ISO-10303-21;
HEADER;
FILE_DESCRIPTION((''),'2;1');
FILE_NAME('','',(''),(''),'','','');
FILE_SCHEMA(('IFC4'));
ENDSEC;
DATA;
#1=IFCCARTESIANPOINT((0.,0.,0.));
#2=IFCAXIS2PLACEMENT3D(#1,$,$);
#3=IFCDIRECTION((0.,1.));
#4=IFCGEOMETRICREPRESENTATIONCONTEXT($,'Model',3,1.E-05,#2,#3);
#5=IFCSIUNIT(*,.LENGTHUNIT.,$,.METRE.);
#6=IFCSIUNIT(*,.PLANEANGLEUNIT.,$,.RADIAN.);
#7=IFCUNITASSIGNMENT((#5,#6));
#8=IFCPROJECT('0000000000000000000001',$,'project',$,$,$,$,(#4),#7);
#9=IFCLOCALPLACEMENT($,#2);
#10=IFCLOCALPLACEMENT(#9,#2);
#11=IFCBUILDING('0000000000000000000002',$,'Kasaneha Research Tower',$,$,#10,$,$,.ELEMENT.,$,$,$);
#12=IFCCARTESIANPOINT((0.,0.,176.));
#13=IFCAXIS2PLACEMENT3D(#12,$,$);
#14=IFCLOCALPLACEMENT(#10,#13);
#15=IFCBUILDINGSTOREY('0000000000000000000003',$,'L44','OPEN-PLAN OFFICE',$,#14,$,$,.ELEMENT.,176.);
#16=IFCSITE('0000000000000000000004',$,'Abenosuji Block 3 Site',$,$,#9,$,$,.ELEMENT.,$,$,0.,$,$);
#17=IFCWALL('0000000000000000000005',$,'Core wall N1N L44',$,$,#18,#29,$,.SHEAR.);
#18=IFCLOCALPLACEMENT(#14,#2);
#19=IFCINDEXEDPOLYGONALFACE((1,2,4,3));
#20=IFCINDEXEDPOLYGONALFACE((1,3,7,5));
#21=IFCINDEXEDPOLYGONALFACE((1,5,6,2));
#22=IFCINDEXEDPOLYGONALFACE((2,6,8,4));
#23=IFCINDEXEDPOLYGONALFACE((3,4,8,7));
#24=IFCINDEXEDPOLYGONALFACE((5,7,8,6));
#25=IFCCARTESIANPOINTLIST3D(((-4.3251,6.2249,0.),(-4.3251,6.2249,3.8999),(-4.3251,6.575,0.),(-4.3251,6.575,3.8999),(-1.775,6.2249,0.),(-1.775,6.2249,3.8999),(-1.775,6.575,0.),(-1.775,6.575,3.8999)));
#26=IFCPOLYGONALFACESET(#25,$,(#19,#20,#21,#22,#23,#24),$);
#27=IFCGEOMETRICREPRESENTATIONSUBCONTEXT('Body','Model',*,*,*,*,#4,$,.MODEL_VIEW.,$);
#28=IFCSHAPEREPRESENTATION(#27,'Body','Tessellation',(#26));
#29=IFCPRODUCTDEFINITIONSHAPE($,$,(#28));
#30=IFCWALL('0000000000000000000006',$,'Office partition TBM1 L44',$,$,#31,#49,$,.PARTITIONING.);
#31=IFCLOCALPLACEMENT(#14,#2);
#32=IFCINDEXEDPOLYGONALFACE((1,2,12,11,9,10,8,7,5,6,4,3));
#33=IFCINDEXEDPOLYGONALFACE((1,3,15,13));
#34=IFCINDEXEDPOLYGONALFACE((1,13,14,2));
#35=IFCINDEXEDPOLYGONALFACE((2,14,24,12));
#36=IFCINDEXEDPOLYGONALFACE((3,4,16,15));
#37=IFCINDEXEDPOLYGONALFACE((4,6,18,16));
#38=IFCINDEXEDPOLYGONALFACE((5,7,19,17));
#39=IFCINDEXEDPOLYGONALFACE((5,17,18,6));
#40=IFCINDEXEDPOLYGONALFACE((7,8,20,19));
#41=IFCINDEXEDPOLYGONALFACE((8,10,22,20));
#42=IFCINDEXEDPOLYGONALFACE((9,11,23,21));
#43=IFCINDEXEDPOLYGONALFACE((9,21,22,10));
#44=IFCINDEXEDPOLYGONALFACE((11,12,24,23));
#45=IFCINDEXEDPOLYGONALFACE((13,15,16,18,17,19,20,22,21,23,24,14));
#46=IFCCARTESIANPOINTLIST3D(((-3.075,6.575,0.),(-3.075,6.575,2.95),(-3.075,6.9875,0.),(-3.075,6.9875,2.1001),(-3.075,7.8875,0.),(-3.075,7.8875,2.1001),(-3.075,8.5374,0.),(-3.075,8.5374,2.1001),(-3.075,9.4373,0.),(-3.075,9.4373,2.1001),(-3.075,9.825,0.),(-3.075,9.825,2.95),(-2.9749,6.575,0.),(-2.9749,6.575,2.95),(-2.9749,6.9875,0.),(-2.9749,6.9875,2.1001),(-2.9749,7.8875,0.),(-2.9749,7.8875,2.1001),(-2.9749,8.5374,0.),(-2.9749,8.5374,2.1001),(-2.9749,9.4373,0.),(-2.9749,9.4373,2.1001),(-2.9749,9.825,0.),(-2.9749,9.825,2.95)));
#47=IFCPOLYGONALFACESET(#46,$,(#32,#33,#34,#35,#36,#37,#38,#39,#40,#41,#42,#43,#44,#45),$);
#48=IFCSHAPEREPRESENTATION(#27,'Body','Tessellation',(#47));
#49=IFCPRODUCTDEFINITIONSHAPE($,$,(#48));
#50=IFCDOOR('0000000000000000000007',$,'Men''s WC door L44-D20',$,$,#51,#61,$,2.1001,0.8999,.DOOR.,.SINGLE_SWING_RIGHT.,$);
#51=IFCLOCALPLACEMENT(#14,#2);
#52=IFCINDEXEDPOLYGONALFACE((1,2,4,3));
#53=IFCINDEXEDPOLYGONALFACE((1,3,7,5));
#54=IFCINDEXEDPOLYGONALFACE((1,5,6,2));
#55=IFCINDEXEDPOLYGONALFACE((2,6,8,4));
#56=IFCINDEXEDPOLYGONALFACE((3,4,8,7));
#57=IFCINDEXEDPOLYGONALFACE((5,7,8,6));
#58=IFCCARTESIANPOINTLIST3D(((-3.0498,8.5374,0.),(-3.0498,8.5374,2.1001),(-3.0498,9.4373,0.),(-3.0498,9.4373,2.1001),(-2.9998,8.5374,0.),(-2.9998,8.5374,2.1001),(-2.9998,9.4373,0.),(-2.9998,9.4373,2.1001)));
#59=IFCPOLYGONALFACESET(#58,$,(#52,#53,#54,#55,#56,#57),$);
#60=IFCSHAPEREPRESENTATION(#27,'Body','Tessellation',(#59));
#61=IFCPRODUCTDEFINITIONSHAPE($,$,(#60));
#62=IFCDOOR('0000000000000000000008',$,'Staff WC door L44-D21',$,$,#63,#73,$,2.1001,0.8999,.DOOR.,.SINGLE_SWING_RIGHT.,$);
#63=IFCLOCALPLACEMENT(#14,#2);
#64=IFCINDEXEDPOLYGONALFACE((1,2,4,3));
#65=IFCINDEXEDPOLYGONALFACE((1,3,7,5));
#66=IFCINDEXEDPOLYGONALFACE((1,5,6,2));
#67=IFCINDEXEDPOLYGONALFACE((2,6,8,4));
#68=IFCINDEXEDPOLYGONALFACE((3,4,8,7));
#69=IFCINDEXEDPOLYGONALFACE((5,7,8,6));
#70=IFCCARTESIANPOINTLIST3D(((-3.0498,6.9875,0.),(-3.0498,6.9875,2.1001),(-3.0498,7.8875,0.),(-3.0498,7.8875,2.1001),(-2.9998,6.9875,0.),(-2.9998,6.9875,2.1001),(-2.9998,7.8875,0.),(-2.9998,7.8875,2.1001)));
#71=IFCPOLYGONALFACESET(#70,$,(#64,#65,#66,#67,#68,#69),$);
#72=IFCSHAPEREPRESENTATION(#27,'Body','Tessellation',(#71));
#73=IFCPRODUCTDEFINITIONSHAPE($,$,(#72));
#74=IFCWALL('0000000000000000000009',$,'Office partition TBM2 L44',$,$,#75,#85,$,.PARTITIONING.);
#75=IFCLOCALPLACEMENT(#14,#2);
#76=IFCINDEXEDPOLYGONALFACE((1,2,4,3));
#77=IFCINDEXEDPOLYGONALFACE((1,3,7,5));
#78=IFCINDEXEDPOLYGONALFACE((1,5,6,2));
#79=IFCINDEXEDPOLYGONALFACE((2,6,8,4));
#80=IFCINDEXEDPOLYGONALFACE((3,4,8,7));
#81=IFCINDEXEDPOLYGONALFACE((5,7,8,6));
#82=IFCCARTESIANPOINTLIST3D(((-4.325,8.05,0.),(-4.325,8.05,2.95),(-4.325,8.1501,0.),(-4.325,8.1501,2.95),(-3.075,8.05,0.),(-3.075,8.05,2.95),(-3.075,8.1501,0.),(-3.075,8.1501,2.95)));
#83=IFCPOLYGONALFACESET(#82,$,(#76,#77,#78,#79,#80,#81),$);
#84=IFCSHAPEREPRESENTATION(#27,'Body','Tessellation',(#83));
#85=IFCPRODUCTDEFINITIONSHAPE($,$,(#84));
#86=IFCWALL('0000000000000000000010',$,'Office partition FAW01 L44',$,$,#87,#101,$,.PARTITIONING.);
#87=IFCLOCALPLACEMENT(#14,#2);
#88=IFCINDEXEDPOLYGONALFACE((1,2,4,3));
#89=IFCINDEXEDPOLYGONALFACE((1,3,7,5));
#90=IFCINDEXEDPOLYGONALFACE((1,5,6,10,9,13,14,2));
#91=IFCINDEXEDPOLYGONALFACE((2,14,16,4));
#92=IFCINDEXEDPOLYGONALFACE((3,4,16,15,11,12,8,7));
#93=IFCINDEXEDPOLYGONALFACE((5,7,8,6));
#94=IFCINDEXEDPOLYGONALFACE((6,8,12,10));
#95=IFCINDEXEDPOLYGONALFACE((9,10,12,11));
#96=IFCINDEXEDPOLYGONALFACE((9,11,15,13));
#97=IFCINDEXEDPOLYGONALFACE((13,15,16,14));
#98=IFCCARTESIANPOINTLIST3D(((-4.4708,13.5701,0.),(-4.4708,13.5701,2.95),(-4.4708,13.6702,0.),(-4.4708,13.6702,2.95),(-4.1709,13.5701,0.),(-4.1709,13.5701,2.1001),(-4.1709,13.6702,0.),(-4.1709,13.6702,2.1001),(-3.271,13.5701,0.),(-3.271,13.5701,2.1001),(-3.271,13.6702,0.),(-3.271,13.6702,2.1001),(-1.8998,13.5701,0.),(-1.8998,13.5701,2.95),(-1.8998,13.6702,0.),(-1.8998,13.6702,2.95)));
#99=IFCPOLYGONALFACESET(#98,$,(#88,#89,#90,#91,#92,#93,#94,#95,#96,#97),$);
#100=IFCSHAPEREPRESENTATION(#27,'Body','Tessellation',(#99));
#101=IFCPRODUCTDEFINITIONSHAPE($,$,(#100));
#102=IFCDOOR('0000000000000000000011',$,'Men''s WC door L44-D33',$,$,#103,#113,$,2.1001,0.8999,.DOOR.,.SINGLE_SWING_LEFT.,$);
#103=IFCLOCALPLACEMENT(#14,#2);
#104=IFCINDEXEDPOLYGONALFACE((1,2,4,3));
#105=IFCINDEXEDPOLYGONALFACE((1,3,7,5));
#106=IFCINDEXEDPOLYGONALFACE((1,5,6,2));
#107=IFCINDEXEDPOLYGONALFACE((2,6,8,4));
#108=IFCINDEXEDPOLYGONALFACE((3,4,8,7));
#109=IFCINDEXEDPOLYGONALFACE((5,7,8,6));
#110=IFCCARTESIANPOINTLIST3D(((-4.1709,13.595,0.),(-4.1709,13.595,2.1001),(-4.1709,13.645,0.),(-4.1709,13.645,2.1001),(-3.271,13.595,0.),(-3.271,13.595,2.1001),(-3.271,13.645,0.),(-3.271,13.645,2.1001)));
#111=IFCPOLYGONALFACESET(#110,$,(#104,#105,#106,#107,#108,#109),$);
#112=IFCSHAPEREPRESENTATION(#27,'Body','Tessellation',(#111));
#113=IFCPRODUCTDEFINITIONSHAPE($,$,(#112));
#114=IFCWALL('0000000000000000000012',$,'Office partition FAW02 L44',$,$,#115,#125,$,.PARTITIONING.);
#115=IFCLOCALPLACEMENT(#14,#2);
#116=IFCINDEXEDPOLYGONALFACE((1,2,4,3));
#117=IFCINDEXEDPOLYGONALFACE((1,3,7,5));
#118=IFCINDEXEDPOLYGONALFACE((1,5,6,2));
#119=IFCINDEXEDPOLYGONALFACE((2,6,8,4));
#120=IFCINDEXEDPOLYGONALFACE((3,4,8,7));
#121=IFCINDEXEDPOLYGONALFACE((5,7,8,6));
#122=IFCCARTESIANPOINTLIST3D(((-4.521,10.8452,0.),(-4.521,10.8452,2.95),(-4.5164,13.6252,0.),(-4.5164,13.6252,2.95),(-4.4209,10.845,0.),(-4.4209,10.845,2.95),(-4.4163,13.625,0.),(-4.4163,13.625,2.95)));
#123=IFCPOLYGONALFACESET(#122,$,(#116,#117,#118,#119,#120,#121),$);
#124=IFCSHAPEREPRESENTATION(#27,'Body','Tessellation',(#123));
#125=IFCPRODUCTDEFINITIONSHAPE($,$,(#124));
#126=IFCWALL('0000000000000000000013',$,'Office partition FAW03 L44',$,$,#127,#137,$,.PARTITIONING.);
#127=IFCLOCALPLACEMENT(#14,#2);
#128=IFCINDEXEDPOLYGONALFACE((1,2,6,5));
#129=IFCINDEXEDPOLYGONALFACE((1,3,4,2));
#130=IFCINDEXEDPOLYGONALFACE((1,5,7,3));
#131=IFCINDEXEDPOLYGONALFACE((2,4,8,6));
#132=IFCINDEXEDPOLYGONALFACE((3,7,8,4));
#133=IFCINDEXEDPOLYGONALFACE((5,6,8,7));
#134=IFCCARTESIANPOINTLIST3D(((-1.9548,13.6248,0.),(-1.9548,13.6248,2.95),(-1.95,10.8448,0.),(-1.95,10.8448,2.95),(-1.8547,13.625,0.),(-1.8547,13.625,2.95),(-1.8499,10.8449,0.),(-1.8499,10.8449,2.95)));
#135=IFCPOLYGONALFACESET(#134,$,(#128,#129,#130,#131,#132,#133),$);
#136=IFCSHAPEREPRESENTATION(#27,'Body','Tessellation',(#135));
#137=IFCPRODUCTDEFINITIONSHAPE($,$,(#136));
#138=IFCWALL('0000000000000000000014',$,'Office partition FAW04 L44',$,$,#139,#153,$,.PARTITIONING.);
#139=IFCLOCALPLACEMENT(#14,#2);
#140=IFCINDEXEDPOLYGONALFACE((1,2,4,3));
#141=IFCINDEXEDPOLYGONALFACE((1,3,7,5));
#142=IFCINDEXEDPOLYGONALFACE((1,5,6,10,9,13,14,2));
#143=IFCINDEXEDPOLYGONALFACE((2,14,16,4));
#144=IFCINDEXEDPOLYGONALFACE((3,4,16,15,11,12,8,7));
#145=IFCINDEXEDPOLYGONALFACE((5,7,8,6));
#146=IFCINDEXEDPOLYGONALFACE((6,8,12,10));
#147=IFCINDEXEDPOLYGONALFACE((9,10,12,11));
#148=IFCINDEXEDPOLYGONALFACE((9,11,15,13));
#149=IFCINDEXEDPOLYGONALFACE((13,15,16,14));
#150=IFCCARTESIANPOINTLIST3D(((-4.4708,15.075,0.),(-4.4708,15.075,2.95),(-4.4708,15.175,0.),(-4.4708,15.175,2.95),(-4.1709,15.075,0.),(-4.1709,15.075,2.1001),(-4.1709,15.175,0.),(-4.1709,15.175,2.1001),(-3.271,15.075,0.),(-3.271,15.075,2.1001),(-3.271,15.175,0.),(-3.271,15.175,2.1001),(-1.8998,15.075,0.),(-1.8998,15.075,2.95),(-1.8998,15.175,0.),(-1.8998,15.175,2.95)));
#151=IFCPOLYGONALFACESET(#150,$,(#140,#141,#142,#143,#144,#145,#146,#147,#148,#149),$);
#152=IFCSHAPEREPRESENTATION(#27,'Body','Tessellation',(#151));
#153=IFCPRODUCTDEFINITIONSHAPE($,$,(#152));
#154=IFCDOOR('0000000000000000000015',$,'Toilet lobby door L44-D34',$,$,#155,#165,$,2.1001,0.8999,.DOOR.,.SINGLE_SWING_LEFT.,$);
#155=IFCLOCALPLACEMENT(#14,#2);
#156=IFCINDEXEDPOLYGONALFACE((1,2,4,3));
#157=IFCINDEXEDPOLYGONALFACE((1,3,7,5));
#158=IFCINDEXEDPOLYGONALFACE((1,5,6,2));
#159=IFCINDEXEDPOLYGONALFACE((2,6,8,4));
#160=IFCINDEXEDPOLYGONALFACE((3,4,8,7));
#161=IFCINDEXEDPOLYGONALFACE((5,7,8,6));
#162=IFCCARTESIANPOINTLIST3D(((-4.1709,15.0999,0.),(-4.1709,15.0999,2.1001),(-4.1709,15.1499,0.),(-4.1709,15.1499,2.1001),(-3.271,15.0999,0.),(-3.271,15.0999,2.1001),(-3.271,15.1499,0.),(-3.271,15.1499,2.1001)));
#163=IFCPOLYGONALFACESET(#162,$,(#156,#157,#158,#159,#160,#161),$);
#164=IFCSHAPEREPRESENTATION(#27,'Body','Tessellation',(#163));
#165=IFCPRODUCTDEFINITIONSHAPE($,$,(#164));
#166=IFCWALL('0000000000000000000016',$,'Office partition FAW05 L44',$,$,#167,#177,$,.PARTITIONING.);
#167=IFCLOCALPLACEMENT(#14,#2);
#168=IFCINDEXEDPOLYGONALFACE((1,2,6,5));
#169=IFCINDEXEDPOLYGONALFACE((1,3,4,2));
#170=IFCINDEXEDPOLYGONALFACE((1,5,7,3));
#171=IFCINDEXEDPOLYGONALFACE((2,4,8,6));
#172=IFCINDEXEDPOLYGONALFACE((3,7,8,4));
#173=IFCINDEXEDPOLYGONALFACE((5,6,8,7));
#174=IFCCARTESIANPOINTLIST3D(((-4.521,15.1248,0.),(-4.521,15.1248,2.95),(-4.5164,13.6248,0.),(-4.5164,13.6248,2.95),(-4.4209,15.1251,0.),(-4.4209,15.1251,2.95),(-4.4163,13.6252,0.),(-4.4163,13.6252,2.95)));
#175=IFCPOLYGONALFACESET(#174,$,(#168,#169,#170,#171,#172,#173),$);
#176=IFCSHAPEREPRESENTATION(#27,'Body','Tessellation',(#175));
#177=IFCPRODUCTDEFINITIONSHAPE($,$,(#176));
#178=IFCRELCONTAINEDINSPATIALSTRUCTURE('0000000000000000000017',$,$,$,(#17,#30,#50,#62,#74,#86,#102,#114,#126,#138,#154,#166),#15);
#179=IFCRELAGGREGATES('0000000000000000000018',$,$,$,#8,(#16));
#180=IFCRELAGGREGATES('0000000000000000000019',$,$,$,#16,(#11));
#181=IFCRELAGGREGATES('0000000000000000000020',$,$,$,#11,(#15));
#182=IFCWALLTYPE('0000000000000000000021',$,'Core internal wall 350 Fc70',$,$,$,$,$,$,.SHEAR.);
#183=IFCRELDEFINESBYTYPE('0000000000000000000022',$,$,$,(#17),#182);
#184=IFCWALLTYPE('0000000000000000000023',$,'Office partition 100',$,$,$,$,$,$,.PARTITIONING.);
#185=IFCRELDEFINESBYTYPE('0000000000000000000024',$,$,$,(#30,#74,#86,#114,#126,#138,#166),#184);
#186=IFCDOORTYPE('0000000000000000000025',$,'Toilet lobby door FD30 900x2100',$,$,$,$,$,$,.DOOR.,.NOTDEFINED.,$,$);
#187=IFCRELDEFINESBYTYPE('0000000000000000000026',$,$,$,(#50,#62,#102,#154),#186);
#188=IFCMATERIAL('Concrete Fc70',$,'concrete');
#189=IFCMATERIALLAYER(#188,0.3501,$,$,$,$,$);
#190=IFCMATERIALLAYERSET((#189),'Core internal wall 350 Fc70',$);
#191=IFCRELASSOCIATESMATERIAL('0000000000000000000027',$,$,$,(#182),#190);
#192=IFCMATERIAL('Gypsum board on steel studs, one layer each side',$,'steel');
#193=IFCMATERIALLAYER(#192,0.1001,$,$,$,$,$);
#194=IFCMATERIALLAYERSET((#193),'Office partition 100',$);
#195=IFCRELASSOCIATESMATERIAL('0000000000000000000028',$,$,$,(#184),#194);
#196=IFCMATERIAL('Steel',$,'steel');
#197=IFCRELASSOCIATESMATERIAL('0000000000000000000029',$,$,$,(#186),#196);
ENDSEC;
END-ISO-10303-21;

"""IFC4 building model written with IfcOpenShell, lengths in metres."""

from ifc_helpers import new_model, si_unit, direction, frame, frame_2d, origin, place, context, subcontext, project, spatial, rectangle, extrude, material, layer, layer_set, type_object, element, fill, save


model = new_model("IFC4")

# Units and contexts
model_context = context("Model", 3, precision=1e-05, world=origin(), true_north=direction((0.0, 1.0)))
body_context = subcontext(model_context, "Body", "Model", "MODEL_VIEW")
ifc_project = project(units=[si_unit("LENGTHUNIT", "METRE"), si_unit("PLANEANGLEUNIT", "RADIAN")], contexts=[model_context])

# Site, building, storey
site_placement = place(None, origin())
site = spatial("IfcSite", under=ifc_project, at=site_placement, Name="Abenosuji Block 3 Site", CompositionType="ELEMENT", RefElevation=0.0)
building_placement = place(site_placement, origin())
building = spatial("IfcBuilding", under=site, at=building_placement, Name="Kasaneha Research Tower", CompositionType="ELEMENT")
storey_placement = place(building_placement, frame((0.0, 0.0, 176.0)))
storey = spatial("IfcBuildingStorey", under=building, at=storey_placement, Name="L44", Description="OPEN-PLAN OFFICE", CompositionType="ELEMENT", Elevation=176.0)

# Wall
ifc_material_1 = material(Name="Concrete Fc70", Category="concrete")
ifc_layer_1 = layer(ifc_material_1, 0.3501)
ifc_layer_set_1 = layer_set([ifc_layer_1], Name="Core internal wall 350 Fc70")
wall_type_1 = type_object("IfcWallType", Name="Core internal wall 350 Fc70", PredefinedType="SHEAR", material=ifc_layer_set_1)
wall_1_placement = place(storey_placement, frame((-4.325, 6.3999, 0.0), z_axis=(0.0, 0.0, 1.0), x_axis=(1.0, 0.0, 0.0)))
element("IfcWall", 1, at=wall_1_placement, inside=storey, type_object=wall_type_1, Name="Core wall N1N L44", PredefinedType="SHEAR", context=body_context, shape_type="SweptSolid", body=[
    extrude(rectangle(XDim=2.55, YDim=0.3501, at=frame_2d((1.2749, 0.0))), origin(), (0.0, 0.0, 1.0), 3.8999),
])

# Wall, openings, doors
ifc_material_2 = material(Name="Gypsum board on steel studs, one layer each side", Category="steel")
ifc_layer_2 = layer(ifc_material_2, 0.1001)
ifc_layer_set_2 = layer_set([ifc_layer_2], Name="Office partition 100")
wall_type_2 = type_object("IfcWallType", Name="Office partition 100", PredefinedType="PARTITIONING", material=ifc_layer_set_2)
wall_2_placement = place(storey_placement, frame((-3.0249, 6.575, 0.0), z_axis=(0.0, 0.0, 1.0), x_axis=(0.0, 1.0, 0.0)))
wall_2 = element("IfcWall", 2, at=wall_2_placement, inside=storey, type_object=wall_type_2, Name="Office partition TBM1 L44", PredefinedType="PARTITIONING", context=body_context, shape_type="SweptSolid", body=[
    extrude(rectangle(XDim=3.25, YDim=0.1001, at=frame_2d((1.625, 0.0))), origin(), (0.0, 0.0, 1.0), 2.95),
])
opening_1_placement = place(wall_2_placement, frame((1.9624, 0.0, 0.0)))
opening_1 = element("IfcOpeningElement", 3, at=opening_1_placement, cuts=wall_2, PredefinedType="OPENING", context=body_context, shape_type="SweptSolid", body=[
    extrude(rectangle(XDim=0.8999, YDim=2.1001, at=frame_2d((0.45, 1.05))), frame((0.0, 0.0601, 0.0), z_axis=(0.0, -1.0, 0.0), x_axis=(1.0, 0.0, 0.0)), (0.0, 0.0, 1.0), 0.1201),
])
opening_2_placement = place(wall_2_placement, frame((0.4126, 0.0, 0.0)))
opening_2 = element("IfcOpeningElement", 4, at=opening_2_placement, cuts=wall_2, PredefinedType="OPENING", context=body_context, shape_type="SweptSolid", body=[
    extrude(rectangle(XDim=0.8999, YDim=2.1001, at=frame_2d((0.45, 1.05))), frame((0.0, 0.0601, 0.0), z_axis=(0.0, -1.0, 0.0), x_axis=(1.0, 0.0, 0.0)), (0.0, 0.0, 1.0), 0.1201),
])
ifc_material_3 = material(Name="Steel", Category="steel")
door_type_1 = type_object("IfcDoorType", Name="Toilet lobby door FD30 900x2100", OperationType="NOTDEFINED", PredefinedType="DOOR", material=ifc_material_3)
door_1_placement = place(opening_1_placement, origin())
door_1 = element("IfcDoor", 5, at=door_1_placement, inside=storey, type_object=door_type_1, Name="Men's WC door L44-D20", OperationType="SINGLE_SWING_RIGHT", OverallHeight=2.1001, OverallWidth=0.8999, PredefinedType="DOOR", context=body_context, shape_type="SweptSolid", body=[
    extrude(rectangle(XDim=0.8999, YDim=2.1001, at=frame_2d((0.45, 1.05))), frame((0.0, 0.0249, 0.0), z_axis=(0.0, -1.0, 0.0), x_axis=(1.0, 0.0, 0.0)), (0.0, 0.0, 1.0), 0.05),
])
fill(opening_1, door_1)
door_2_placement = place(opening_2_placement, origin())
door_2 = element("IfcDoor", 6, at=door_2_placement, inside=storey, type_object=door_type_1, Name="Staff WC door L44-D21", OperationType="SINGLE_SWING_RIGHT", OverallHeight=2.1001, OverallWidth=0.8999, PredefinedType="DOOR", context=body_context, shape_type="SweptSolid", body=[
    extrude(rectangle(XDim=0.8999, YDim=2.1001, at=frame_2d((0.45, 1.05))), frame((0.0, 0.0249, 0.0), z_axis=(0.0, -1.0, 0.0), x_axis=(1.0, 0.0, 0.0)), (0.0, 0.0, 1.0), 0.05),
])
fill(opening_2, door_2)

# Wall
wall_3_placement = place(storey_placement, frame((-3.075, 8.1001, 0.0), z_axis=(0.0, 0.0, 1.0), x_axis=(-1.0, 0.0, 0.0)))
element("IfcWall", 7, at=wall_3_placement, inside=storey, type_object=wall_type_2, Name="Office partition TBM2 L44", PredefinedType="PARTITIONING", context=body_context, shape_type="SweptSolid", body=[
    extrude(rectangle(XDim=1.25, YDim=0.1001, at=frame_2d((0.625, 0.0))), origin(), (0.0, 0.0, 1.0), 2.95),
])

# Wall, opening, door
wall_4_placement = place(storey_placement, frame((-4.4709, 13.6201, 0.0), z_axis=(0.0, 0.0, 1.0), x_axis=(1.0, 0.0, 0.0)))
wall_4 = element("IfcWall", 8, at=wall_4_placement, inside=storey, type_object=wall_type_2, Name="Office partition FAW01 L44", PredefinedType="PARTITIONING", context=body_context, shape_type="SweptSolid", body=[
    extrude(rectangle(XDim=2.571, YDim=0.1001, at=frame_2d((1.2856, 0.0))), origin(), (0.0, 0.0, 1.0), 2.95),
])
opening_3_placement = place(wall_4_placement, frame((0.3, 0.0, 0.0)))
opening_3 = element("IfcOpeningElement", 9, at=opening_3_placement, cuts=wall_4, PredefinedType="OPENING", context=body_context, shape_type="SweptSolid", body=[
    extrude(rectangle(XDim=0.8999, YDim=2.1001, at=frame_2d((0.45, 1.05))), frame((0.0, 0.0601, 0.0), z_axis=(0.0, -1.0, 0.0), x_axis=(1.0, 0.0, 0.0)), (0.0, 0.0, 1.0), 0.1201),
])
door_3_placement = place(opening_3_placement, origin())
door_3 = element("IfcDoor", 10, at=door_3_placement, inside=storey, type_object=door_type_1, Name="Men's WC door L44-D33", OperationType="SINGLE_SWING_LEFT", OverallHeight=2.1001, OverallWidth=0.8999, PredefinedType="DOOR", context=body_context, shape_type="SweptSolid", body=[
    extrude(rectangle(XDim=0.8999, YDim=2.1001, at=frame_2d((0.45, 1.05))), frame((0.0, 0.0249, 0.0), z_axis=(0.0, -1.0, 0.0), x_axis=(1.0, 0.0, 0.0)), (0.0, 0.0, 1.0), 0.05),
])
fill(opening_3, door_3)

# Walls
for number, where, z_axis, x_axis, name in (
    (11, (-4.4709, 10.845, 0.0), (0.0, 0.0, 1.0), (0.001669, 0.999999, 0.0), "Office partition FAW02 L44"),
    (12, (-1.9048, 13.625, 0.0), (0.0, 0.0, 1.0), (0.001756, -0.999998, 0.0), "Office partition FAW03 L44"),
):
    element("IfcWall", number, at=place(storey_placement, frame(where, z_axis=z_axis, x_axis=x_axis)), inside=storey, type_object=wall_type_2, Name=name, PredefinedType="PARTITIONING", context=body_context, shape_type="SweptSolid", body=[
        extrude(rectangle(XDim=2.78, YDim=0.1001, at=frame_2d((1.3901, 0.0))), origin(), (0.0, 0.0, 1.0), 2.95),
    ])

# Wall, opening, door
wall_5_placement = place(storey_placement, frame((-4.4709, 15.125, 0.0), z_axis=(0.0, 0.0, 1.0), x_axis=(1.0, 0.0, 0.0)))
wall_5 = element("IfcWall", 13, at=wall_5_placement, inside=storey, type_object=wall_type_2, Name="Office partition FAW04 L44", PredefinedType="PARTITIONING", context=body_context, shape_type="SweptSolid", body=[
    extrude(rectangle(XDim=2.571, YDim=0.1001, at=frame_2d((1.2856, 0.0))), origin(), (0.0, 0.0, 1.0), 2.95),
])
opening_4_placement = place(wall_5_placement, frame((0.3, 0.0, 0.0)))
opening_4 = element("IfcOpeningElement", 14, at=opening_4_placement, cuts=wall_5, PredefinedType="OPENING", context=body_context, shape_type="SweptSolid", body=[
    extrude(rectangle(XDim=0.8999, YDim=2.1001, at=frame_2d((0.45, 1.05))), frame((0.0, 0.0601, 0.0), z_axis=(0.0, -1.0, 0.0), x_axis=(1.0, 0.0, 0.0)), (0.0, 0.0, 1.0), 0.1201),
])
door_4_placement = place(opening_4_placement, origin())
door_4 = element("IfcDoor", 15, at=door_4_placement, inside=storey, type_object=door_type_1, Name="Toilet lobby door L44-D34", OperationType="SINGLE_SWING_LEFT", OverallHeight=2.1001, OverallWidth=0.8999, PredefinedType="DOOR", context=body_context, shape_type="SweptSolid", body=[
    extrude(rectangle(XDim=0.8999, YDim=2.1001, at=frame_2d((0.45, 1.05))), frame((0.0, 0.0249, 0.0), z_axis=(0.0, -1.0, 0.0), x_axis=(1.0, 0.0, 0.0)), (0.0, 0.0, 1.0), 0.05),
])
fill(opening_4, door_4)

# Wall
wall_6_placement = place(storey_placement, frame((-4.4663, 13.625, 0.0), z_axis=(0.0, 0.0, 1.0), x_axis=(-0.003092, 0.999995, 0.0)))
element("IfcWall", 16, at=wall_6_placement, inside=storey, type_object=wall_type_2, Name="Office partition FAW05 L44", PredefinedType="PARTITIONING", context=body_context, shape_type="SweptSolid", body=[
    extrude(rectangle(XDim=1.5, YDim=0.1001, at=frame_2d((0.75, 0.0))), origin(), (0.0, 0.0, 1.0), 2.95),
])

save(model, "model.ifc")
